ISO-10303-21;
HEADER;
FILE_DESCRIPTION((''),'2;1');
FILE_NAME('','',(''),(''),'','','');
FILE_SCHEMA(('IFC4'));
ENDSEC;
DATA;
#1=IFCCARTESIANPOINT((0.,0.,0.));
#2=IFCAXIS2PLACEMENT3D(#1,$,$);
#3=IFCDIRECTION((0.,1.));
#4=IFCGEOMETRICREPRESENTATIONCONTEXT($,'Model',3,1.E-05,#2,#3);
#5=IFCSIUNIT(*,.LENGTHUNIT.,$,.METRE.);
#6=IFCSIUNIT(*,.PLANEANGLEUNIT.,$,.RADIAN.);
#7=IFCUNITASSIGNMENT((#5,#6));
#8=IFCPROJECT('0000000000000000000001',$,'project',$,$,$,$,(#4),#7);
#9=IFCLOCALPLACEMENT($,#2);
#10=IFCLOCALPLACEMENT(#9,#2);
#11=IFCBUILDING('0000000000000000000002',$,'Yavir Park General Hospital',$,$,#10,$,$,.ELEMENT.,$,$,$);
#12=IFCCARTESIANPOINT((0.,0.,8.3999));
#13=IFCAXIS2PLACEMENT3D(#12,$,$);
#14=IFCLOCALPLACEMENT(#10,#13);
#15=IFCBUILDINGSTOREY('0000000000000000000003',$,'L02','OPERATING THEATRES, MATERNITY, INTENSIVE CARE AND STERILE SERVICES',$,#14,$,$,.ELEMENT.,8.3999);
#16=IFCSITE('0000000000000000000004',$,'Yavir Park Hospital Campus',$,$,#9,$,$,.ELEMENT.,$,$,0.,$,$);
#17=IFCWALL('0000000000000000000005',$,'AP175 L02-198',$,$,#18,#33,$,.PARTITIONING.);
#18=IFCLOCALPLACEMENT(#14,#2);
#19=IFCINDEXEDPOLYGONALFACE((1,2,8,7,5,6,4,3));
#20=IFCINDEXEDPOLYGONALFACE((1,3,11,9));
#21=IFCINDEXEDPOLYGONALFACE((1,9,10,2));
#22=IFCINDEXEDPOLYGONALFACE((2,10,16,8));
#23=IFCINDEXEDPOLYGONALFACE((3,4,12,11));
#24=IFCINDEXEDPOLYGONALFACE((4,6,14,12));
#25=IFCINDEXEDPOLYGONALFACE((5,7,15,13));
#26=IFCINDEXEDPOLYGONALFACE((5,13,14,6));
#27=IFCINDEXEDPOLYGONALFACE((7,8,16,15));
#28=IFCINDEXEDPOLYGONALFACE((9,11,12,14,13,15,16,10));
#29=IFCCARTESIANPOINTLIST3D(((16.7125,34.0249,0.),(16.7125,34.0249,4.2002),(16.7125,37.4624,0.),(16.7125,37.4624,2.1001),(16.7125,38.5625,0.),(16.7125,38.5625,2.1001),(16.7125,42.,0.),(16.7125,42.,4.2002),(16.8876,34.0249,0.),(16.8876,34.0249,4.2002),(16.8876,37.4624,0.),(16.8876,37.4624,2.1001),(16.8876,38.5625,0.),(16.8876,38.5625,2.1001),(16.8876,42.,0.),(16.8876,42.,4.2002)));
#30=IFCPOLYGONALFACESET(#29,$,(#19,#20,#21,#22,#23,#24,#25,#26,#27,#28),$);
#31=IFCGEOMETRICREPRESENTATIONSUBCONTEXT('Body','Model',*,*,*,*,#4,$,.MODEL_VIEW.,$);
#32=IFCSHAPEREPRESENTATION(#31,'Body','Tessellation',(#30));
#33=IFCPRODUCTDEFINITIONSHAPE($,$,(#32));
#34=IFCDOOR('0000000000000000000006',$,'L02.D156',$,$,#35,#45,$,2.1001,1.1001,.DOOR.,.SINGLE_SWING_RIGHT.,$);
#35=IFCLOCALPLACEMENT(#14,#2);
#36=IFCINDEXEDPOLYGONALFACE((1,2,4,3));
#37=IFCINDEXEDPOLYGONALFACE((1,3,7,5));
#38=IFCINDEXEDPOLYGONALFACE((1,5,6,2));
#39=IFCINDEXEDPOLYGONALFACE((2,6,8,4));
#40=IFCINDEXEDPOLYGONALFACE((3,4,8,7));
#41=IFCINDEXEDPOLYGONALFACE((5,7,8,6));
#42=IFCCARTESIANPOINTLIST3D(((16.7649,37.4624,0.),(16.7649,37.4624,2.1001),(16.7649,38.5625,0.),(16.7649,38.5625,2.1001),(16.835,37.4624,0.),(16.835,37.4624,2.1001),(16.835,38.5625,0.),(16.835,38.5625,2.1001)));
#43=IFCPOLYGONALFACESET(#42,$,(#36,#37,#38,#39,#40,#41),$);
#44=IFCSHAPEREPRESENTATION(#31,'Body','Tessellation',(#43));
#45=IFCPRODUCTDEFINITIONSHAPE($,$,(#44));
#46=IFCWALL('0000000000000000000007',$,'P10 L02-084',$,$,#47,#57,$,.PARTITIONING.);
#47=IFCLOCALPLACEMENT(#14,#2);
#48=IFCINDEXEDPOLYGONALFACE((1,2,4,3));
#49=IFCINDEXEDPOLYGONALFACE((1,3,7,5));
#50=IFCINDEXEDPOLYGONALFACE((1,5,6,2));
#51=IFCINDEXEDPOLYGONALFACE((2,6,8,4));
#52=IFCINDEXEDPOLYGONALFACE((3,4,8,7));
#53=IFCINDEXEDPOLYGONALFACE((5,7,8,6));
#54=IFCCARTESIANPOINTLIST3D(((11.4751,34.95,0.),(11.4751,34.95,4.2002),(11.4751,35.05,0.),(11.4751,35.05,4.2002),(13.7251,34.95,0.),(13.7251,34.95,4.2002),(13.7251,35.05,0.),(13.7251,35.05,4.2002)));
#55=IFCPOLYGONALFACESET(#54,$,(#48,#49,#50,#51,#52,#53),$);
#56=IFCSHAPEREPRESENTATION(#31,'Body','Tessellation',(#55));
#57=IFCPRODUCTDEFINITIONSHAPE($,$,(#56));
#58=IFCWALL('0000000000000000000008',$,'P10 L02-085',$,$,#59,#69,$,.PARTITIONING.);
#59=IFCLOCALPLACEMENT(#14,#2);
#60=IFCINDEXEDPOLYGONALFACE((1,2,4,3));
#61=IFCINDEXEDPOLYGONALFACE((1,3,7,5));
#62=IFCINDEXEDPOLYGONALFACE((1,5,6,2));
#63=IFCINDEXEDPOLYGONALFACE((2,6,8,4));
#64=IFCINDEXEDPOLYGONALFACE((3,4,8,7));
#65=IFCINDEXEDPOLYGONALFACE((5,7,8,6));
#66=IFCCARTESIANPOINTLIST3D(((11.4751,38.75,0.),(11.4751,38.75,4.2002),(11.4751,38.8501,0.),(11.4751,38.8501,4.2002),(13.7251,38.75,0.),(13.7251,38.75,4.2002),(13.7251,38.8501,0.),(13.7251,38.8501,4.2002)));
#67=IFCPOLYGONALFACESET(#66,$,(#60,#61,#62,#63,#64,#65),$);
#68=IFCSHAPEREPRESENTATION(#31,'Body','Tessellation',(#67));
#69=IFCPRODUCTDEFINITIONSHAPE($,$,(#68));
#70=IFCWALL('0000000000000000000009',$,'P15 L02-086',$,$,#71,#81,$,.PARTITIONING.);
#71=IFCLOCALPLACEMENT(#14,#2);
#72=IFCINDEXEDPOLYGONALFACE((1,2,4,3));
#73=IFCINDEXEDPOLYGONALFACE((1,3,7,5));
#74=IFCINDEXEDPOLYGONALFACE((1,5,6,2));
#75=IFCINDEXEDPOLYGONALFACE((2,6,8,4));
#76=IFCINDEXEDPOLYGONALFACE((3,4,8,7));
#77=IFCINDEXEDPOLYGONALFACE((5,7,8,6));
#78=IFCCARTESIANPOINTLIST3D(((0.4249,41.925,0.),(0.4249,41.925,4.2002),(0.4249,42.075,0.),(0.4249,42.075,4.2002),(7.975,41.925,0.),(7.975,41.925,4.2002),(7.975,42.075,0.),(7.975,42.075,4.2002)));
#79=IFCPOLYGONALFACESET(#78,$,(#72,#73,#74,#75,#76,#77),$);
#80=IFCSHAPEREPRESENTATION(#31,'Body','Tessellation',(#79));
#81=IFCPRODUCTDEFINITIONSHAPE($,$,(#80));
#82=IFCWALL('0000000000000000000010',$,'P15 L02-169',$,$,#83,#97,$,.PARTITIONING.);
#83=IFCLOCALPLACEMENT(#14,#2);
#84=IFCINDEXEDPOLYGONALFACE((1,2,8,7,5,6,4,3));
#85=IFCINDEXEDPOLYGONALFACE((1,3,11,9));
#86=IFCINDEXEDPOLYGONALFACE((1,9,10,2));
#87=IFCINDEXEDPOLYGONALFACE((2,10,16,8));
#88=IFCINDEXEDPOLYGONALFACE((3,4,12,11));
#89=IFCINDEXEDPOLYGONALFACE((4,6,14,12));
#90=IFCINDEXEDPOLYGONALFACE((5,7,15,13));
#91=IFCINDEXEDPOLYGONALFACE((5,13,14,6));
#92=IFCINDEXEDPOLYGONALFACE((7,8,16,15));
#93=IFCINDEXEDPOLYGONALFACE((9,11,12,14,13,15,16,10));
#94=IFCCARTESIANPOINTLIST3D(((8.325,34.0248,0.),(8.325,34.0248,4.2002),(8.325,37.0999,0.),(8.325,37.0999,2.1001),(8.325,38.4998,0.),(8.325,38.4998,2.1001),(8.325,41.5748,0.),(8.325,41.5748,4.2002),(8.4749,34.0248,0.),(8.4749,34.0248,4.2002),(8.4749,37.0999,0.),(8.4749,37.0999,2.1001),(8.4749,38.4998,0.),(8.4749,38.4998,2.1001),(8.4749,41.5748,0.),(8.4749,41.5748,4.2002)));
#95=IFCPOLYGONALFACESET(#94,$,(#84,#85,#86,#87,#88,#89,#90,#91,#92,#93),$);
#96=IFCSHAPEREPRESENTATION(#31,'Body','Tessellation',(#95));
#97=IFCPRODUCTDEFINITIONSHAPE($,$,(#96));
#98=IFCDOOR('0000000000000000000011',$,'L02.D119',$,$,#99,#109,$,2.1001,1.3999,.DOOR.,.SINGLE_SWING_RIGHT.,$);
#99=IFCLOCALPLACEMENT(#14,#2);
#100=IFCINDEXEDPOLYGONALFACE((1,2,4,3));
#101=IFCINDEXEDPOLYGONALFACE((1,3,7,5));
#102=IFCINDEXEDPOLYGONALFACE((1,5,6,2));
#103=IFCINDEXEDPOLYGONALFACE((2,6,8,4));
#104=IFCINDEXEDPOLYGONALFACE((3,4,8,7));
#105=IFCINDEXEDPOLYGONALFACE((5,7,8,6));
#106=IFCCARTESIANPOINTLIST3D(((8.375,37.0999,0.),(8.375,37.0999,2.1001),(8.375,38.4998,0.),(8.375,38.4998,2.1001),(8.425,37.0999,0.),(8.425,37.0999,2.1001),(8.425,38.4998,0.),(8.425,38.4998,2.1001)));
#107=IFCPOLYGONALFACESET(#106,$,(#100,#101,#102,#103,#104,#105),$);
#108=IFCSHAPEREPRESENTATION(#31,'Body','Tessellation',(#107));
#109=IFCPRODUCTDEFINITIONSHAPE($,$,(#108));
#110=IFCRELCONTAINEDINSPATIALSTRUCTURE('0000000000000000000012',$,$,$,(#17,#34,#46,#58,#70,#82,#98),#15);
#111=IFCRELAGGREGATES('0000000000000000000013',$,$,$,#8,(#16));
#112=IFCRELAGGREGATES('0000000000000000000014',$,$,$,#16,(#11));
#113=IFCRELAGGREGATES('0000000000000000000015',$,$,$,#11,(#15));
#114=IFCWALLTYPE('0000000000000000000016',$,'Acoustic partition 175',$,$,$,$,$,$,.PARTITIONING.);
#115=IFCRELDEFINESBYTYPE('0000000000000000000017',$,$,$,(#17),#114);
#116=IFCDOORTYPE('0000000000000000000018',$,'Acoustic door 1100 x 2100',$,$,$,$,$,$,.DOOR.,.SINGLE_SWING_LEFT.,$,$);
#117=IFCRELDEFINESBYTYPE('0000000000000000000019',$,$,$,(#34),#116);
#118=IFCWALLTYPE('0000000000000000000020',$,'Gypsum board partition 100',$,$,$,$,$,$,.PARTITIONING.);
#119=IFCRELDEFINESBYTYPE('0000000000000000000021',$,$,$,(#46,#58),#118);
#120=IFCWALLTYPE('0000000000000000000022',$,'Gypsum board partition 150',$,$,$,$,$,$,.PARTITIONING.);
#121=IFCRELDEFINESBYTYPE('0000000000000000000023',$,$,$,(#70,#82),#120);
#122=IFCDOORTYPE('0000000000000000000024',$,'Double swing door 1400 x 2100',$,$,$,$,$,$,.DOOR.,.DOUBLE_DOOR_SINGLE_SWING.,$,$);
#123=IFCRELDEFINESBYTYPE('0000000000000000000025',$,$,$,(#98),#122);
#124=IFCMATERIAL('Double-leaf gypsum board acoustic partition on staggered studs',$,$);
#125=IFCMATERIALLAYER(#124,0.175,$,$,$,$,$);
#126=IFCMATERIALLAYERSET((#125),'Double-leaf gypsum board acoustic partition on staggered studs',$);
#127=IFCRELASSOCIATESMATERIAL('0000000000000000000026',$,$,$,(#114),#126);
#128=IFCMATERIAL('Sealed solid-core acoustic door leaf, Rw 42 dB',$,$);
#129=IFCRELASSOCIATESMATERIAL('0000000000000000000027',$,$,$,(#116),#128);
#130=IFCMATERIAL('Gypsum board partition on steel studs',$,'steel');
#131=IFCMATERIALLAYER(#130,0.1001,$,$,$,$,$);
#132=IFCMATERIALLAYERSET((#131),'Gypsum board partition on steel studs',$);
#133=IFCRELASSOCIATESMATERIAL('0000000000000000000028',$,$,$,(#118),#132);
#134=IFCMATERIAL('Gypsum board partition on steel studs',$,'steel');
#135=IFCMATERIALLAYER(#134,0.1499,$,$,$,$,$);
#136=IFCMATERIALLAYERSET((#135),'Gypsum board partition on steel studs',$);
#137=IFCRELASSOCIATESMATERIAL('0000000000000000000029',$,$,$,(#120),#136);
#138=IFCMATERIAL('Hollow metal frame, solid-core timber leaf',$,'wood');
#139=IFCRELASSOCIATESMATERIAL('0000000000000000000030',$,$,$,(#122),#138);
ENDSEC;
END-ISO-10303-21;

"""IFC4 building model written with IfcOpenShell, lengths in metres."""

from ifc_helpers import new_model, si_unit, direction, frame, frame_2d, origin, place, context, subcontext, project, spatial, rectangle, extrude, material, layer, layer_set, type_object, element, fill, save


model = new_model("IFC4")

# Units and contexts
model_context = context("Model", 3, precision=1e-05, world=origin(), true_north=direction((0.0, 1.0)))
body_context = subcontext(model_context, "Body", "Model", "MODEL_VIEW")
ifc_project = project(units=[si_unit("LENGTHUNIT", "METRE"), si_unit("PLANEANGLEUNIT", "RADIAN")], contexts=[model_context])

# Site, building, storey
site_placement = place(None, origin())
site = spatial("IfcSite", under=ifc_project, at=site_placement, Name="Yavir Park Hospital Campus", CompositionType="ELEMENT", RefElevation=0.0)
building_placement = place(site_placement, origin())
building = spatial("IfcBuilding", under=site, at=building_placement, Name="Yavir Park General Hospital", CompositionType="ELEMENT")
storey_placement = place(building_placement, frame((0.0, 0.0, 8.3999)))
storey = spatial("IfcBuildingStorey", under=building, at=storey_placement, Name="L02", Description="OPERATING THEATRES, MATERNITY, INTENSIVE CARE AND STERILE SERVICES", CompositionType="ELEMENT", Elevation=8.3999)

# Wall, opening, door
ifc_material_1 = material(Name="Double-leaf gypsum board acoustic partition on staggered studs")
ifc_layer_1 = layer(ifc_material_1, 0.175)
ifc_layer_set_1 = layer_set([ifc_layer_1], Name="Double-leaf gypsum board acoustic partition on staggered studs")
wall_type_1 = type_object("IfcWallType", Name="Acoustic partition 175", PredefinedType="PARTITIONING", material=ifc_layer_set_1)
wall_1_placement = place(storey_placement, frame((16.8, 34.0249, 0.0), z_axis=(0.0, 0.0, 1.0), x_axis=(0.0, 1.0, 0.0)))
wall_1 = element("IfcWall", 1, at=wall_1_placement, inside=storey, type_object=wall_type_1, Name="AP175 L02-198", PredefinedType="PARTITIONING", context=body_context, shape_type="SweptSolid", body=[
    extrude(rectangle(XDim=7.9751, YDim=0.175, at=frame_2d((3.9875, 0.0))), origin(), (0.0, 0.0, 1.0), 4.2002),
])
opening_1_placement = place(wall_1_placement, frame((3.4375, 0.0, 0.0)))
opening_1 = element("IfcOpeningElement", 2, at=opening_1_placement, cuts=wall_1, PredefinedType="OPENING", context=body_context, shape_type="SweptSolid", body=[
    extrude(rectangle(XDim=1.1001, YDim=2.1001, at=frame_2d((0.55, 1.05))), frame((0.0, 0.0974, 0.0), z_axis=(0.0, -1.0, 0.0), x_axis=(1.0, 0.0, 0.0)), (0.0, 0.0, 1.0), 0.1951),
])
ifc_material_2 = material(Name="Sealed solid-core acoustic door leaf, Rw 42 dB")
door_type_1 = type_object("IfcDoorType", Name="Acoustic door 1100 x 2100", OperationType="SINGLE_SWING_LEFT", PredefinedType="DOOR", material=ifc_material_2)
door_1_placement = place(opening_1_placement, origin())
door_1 = element("IfcDoor", 3, at=door_1_placement, inside=storey, type_object=door_type_1, Name="L02.D156", OperationType="SINGLE_SWING_RIGHT", OverallHeight=2.1001, OverallWidth=1.1001, PredefinedType="DOOR", context=body_context, shape_type="SweptSolid", body=[
    extrude(rectangle(XDim=1.1001, YDim=2.1001, at=frame_2d((0.55, 1.05))), frame((0.0, 0.0352, 0.0), z_axis=(0.0, -1.0, 0.0), x_axis=(1.0, 0.0, 0.0)), (0.0, 0.0, 1.0), 0.0701),
])
fill(opening_1, door_1)

# Walls
ifc_material_3 = material(Name="Gypsum board partition on steel studs", Category="steel")
ifc_layer_2 = layer(ifc_material_3, 0.1001)
ifc_layer_set_2 = layer_set([ifc_layer_2], Name="Gypsum board partition on steel studs")
wall_type_2 = type_object("IfcWallType", Name="Gypsum board partition 100", PredefinedType="PARTITIONING", material=ifc_layer_set_2)
for number, where, z_axis, x_axis, name in (
    (4, (11.4751, 35.0, 0.0), (0.0, 0.0, 1.0), (1.0, 0.0, 0.0), "P10 L02-084"),
    (5, (11.4751, 38.8, 0.0), (0.0, 0.0, 1.0), (1.0, 0.0, 0.0), "P10 L02-085"),
):
    element("IfcWall", number, at=place(storey_placement, frame(where, z_axis=z_axis, x_axis=x_axis)), inside=storey, type_object=wall_type_2, Name=name, PredefinedType="PARTITIONING", context=body_context, shape_type="SweptSolid", body=[
        extrude(rectangle(XDim=2.25, YDim=0.1001, at=frame_2d((1.125, 0.0))), origin(), (0.0, 0.0, 1.0), 4.2002),
    ])
ifc_material_4 = material(Name="Gypsum board partition on steel studs", Category="steel")
ifc_layer_3 = layer(ifc_material_4, 0.1499)
ifc_layer_set_3 = layer_set([ifc_layer_3], Name="Gypsum board partition on steel studs")
wall_type_3 = type_object("IfcWallType", Name="Gypsum board partition 150", PredefinedType="PARTITIONING", material=ifc_layer_set_3)
wall_2_placement = place(storey_placement, frame((0.425, 42.0, 0.0), z_axis=(0.0, 0.0, 1.0), x_axis=(1.0, 0.0, 0.0)))
element("IfcWall", 6, at=wall_2_placement, inside=storey, type_object=wall_type_3, Name="P15 L02-086", PredefinedType="PARTITIONING", context=body_context, shape_type="SweptSolid", body=[
    extrude(rectangle(XDim=7.55, YDim=0.1499, at=frame_2d((3.7749, 0.0))), origin(), (0.0, 0.0, 1.0), 4.2002),
])

# Wall, opening, door
wall_3_placement = place(storey_placement, frame((8.3999, 34.0249, 0.0), z_axis=(0.0, 0.0, 1.0), x_axis=(0.0, 1.0, 0.0)))
wall_3 = element("IfcWall", 7, at=wall_3_placement, inside=storey, type_object=wall_type_3, Name="P15 L02-169", PredefinedType="PARTITIONING", context=body_context, shape_type="SweptSolid", body=[
    extrude(rectangle(XDim=7.55, YDim=0.1499, at=frame_2d((3.7749, 0.0))), origin(), (0.0, 0.0, 1.0), 4.2002),
])
opening_2_placement = place(wall_3_placement, frame((3.075, 0.0, 0.0)))
opening_2 = element("IfcOpeningElement", 8, at=opening_2_placement, cuts=wall_3, PredefinedType="OPENING", context=body_context, shape_type="SweptSolid", body=[
    extrude(rectangle(XDim=1.3999, YDim=2.1001, at=frame_2d((0.7, 1.05))), frame((0.0, 0.085, 0.0), z_axis=(0.0, -1.0, 0.0), x_axis=(1.0, 0.0, 0.0)), (0.0, 0.0, 1.0), 0.1699),
])
ifc_material_5 = material(Name="Hollow metal frame, solid-core timber leaf", Category="wood")
door_type_2 = type_object("IfcDoorType", Name="Double swing door 1400 x 2100", OperationType="DOUBLE_DOOR_SINGLE_SWING", PredefinedType="DOOR", material=ifc_material_5)
door_2_placement = place(opening_2_placement, origin())
door_2 = element("IfcDoor", 9, at=door_2_placement, inside=storey, type_object=door_type_2, Name="L02.D119", OperationType="SINGLE_SWING_RIGHT", OverallHeight=2.1001, OverallWidth=1.3999, PredefinedType="DOOR", context=body_context, shape_type="SweptSolid", body=[
    extrude(rectangle(XDim=1.3999, YDim=2.1001, at=frame_2d((0.7, 1.05))), frame((0.0, 0.0249, 0.0), z_axis=(0.0, -1.0, 0.0), x_axis=(1.0, 0.0, 0.0)), (0.0, 0.0, 1.0), 0.05),
])
fill(opening_2, door_2)

save(model, "model.ifc")
